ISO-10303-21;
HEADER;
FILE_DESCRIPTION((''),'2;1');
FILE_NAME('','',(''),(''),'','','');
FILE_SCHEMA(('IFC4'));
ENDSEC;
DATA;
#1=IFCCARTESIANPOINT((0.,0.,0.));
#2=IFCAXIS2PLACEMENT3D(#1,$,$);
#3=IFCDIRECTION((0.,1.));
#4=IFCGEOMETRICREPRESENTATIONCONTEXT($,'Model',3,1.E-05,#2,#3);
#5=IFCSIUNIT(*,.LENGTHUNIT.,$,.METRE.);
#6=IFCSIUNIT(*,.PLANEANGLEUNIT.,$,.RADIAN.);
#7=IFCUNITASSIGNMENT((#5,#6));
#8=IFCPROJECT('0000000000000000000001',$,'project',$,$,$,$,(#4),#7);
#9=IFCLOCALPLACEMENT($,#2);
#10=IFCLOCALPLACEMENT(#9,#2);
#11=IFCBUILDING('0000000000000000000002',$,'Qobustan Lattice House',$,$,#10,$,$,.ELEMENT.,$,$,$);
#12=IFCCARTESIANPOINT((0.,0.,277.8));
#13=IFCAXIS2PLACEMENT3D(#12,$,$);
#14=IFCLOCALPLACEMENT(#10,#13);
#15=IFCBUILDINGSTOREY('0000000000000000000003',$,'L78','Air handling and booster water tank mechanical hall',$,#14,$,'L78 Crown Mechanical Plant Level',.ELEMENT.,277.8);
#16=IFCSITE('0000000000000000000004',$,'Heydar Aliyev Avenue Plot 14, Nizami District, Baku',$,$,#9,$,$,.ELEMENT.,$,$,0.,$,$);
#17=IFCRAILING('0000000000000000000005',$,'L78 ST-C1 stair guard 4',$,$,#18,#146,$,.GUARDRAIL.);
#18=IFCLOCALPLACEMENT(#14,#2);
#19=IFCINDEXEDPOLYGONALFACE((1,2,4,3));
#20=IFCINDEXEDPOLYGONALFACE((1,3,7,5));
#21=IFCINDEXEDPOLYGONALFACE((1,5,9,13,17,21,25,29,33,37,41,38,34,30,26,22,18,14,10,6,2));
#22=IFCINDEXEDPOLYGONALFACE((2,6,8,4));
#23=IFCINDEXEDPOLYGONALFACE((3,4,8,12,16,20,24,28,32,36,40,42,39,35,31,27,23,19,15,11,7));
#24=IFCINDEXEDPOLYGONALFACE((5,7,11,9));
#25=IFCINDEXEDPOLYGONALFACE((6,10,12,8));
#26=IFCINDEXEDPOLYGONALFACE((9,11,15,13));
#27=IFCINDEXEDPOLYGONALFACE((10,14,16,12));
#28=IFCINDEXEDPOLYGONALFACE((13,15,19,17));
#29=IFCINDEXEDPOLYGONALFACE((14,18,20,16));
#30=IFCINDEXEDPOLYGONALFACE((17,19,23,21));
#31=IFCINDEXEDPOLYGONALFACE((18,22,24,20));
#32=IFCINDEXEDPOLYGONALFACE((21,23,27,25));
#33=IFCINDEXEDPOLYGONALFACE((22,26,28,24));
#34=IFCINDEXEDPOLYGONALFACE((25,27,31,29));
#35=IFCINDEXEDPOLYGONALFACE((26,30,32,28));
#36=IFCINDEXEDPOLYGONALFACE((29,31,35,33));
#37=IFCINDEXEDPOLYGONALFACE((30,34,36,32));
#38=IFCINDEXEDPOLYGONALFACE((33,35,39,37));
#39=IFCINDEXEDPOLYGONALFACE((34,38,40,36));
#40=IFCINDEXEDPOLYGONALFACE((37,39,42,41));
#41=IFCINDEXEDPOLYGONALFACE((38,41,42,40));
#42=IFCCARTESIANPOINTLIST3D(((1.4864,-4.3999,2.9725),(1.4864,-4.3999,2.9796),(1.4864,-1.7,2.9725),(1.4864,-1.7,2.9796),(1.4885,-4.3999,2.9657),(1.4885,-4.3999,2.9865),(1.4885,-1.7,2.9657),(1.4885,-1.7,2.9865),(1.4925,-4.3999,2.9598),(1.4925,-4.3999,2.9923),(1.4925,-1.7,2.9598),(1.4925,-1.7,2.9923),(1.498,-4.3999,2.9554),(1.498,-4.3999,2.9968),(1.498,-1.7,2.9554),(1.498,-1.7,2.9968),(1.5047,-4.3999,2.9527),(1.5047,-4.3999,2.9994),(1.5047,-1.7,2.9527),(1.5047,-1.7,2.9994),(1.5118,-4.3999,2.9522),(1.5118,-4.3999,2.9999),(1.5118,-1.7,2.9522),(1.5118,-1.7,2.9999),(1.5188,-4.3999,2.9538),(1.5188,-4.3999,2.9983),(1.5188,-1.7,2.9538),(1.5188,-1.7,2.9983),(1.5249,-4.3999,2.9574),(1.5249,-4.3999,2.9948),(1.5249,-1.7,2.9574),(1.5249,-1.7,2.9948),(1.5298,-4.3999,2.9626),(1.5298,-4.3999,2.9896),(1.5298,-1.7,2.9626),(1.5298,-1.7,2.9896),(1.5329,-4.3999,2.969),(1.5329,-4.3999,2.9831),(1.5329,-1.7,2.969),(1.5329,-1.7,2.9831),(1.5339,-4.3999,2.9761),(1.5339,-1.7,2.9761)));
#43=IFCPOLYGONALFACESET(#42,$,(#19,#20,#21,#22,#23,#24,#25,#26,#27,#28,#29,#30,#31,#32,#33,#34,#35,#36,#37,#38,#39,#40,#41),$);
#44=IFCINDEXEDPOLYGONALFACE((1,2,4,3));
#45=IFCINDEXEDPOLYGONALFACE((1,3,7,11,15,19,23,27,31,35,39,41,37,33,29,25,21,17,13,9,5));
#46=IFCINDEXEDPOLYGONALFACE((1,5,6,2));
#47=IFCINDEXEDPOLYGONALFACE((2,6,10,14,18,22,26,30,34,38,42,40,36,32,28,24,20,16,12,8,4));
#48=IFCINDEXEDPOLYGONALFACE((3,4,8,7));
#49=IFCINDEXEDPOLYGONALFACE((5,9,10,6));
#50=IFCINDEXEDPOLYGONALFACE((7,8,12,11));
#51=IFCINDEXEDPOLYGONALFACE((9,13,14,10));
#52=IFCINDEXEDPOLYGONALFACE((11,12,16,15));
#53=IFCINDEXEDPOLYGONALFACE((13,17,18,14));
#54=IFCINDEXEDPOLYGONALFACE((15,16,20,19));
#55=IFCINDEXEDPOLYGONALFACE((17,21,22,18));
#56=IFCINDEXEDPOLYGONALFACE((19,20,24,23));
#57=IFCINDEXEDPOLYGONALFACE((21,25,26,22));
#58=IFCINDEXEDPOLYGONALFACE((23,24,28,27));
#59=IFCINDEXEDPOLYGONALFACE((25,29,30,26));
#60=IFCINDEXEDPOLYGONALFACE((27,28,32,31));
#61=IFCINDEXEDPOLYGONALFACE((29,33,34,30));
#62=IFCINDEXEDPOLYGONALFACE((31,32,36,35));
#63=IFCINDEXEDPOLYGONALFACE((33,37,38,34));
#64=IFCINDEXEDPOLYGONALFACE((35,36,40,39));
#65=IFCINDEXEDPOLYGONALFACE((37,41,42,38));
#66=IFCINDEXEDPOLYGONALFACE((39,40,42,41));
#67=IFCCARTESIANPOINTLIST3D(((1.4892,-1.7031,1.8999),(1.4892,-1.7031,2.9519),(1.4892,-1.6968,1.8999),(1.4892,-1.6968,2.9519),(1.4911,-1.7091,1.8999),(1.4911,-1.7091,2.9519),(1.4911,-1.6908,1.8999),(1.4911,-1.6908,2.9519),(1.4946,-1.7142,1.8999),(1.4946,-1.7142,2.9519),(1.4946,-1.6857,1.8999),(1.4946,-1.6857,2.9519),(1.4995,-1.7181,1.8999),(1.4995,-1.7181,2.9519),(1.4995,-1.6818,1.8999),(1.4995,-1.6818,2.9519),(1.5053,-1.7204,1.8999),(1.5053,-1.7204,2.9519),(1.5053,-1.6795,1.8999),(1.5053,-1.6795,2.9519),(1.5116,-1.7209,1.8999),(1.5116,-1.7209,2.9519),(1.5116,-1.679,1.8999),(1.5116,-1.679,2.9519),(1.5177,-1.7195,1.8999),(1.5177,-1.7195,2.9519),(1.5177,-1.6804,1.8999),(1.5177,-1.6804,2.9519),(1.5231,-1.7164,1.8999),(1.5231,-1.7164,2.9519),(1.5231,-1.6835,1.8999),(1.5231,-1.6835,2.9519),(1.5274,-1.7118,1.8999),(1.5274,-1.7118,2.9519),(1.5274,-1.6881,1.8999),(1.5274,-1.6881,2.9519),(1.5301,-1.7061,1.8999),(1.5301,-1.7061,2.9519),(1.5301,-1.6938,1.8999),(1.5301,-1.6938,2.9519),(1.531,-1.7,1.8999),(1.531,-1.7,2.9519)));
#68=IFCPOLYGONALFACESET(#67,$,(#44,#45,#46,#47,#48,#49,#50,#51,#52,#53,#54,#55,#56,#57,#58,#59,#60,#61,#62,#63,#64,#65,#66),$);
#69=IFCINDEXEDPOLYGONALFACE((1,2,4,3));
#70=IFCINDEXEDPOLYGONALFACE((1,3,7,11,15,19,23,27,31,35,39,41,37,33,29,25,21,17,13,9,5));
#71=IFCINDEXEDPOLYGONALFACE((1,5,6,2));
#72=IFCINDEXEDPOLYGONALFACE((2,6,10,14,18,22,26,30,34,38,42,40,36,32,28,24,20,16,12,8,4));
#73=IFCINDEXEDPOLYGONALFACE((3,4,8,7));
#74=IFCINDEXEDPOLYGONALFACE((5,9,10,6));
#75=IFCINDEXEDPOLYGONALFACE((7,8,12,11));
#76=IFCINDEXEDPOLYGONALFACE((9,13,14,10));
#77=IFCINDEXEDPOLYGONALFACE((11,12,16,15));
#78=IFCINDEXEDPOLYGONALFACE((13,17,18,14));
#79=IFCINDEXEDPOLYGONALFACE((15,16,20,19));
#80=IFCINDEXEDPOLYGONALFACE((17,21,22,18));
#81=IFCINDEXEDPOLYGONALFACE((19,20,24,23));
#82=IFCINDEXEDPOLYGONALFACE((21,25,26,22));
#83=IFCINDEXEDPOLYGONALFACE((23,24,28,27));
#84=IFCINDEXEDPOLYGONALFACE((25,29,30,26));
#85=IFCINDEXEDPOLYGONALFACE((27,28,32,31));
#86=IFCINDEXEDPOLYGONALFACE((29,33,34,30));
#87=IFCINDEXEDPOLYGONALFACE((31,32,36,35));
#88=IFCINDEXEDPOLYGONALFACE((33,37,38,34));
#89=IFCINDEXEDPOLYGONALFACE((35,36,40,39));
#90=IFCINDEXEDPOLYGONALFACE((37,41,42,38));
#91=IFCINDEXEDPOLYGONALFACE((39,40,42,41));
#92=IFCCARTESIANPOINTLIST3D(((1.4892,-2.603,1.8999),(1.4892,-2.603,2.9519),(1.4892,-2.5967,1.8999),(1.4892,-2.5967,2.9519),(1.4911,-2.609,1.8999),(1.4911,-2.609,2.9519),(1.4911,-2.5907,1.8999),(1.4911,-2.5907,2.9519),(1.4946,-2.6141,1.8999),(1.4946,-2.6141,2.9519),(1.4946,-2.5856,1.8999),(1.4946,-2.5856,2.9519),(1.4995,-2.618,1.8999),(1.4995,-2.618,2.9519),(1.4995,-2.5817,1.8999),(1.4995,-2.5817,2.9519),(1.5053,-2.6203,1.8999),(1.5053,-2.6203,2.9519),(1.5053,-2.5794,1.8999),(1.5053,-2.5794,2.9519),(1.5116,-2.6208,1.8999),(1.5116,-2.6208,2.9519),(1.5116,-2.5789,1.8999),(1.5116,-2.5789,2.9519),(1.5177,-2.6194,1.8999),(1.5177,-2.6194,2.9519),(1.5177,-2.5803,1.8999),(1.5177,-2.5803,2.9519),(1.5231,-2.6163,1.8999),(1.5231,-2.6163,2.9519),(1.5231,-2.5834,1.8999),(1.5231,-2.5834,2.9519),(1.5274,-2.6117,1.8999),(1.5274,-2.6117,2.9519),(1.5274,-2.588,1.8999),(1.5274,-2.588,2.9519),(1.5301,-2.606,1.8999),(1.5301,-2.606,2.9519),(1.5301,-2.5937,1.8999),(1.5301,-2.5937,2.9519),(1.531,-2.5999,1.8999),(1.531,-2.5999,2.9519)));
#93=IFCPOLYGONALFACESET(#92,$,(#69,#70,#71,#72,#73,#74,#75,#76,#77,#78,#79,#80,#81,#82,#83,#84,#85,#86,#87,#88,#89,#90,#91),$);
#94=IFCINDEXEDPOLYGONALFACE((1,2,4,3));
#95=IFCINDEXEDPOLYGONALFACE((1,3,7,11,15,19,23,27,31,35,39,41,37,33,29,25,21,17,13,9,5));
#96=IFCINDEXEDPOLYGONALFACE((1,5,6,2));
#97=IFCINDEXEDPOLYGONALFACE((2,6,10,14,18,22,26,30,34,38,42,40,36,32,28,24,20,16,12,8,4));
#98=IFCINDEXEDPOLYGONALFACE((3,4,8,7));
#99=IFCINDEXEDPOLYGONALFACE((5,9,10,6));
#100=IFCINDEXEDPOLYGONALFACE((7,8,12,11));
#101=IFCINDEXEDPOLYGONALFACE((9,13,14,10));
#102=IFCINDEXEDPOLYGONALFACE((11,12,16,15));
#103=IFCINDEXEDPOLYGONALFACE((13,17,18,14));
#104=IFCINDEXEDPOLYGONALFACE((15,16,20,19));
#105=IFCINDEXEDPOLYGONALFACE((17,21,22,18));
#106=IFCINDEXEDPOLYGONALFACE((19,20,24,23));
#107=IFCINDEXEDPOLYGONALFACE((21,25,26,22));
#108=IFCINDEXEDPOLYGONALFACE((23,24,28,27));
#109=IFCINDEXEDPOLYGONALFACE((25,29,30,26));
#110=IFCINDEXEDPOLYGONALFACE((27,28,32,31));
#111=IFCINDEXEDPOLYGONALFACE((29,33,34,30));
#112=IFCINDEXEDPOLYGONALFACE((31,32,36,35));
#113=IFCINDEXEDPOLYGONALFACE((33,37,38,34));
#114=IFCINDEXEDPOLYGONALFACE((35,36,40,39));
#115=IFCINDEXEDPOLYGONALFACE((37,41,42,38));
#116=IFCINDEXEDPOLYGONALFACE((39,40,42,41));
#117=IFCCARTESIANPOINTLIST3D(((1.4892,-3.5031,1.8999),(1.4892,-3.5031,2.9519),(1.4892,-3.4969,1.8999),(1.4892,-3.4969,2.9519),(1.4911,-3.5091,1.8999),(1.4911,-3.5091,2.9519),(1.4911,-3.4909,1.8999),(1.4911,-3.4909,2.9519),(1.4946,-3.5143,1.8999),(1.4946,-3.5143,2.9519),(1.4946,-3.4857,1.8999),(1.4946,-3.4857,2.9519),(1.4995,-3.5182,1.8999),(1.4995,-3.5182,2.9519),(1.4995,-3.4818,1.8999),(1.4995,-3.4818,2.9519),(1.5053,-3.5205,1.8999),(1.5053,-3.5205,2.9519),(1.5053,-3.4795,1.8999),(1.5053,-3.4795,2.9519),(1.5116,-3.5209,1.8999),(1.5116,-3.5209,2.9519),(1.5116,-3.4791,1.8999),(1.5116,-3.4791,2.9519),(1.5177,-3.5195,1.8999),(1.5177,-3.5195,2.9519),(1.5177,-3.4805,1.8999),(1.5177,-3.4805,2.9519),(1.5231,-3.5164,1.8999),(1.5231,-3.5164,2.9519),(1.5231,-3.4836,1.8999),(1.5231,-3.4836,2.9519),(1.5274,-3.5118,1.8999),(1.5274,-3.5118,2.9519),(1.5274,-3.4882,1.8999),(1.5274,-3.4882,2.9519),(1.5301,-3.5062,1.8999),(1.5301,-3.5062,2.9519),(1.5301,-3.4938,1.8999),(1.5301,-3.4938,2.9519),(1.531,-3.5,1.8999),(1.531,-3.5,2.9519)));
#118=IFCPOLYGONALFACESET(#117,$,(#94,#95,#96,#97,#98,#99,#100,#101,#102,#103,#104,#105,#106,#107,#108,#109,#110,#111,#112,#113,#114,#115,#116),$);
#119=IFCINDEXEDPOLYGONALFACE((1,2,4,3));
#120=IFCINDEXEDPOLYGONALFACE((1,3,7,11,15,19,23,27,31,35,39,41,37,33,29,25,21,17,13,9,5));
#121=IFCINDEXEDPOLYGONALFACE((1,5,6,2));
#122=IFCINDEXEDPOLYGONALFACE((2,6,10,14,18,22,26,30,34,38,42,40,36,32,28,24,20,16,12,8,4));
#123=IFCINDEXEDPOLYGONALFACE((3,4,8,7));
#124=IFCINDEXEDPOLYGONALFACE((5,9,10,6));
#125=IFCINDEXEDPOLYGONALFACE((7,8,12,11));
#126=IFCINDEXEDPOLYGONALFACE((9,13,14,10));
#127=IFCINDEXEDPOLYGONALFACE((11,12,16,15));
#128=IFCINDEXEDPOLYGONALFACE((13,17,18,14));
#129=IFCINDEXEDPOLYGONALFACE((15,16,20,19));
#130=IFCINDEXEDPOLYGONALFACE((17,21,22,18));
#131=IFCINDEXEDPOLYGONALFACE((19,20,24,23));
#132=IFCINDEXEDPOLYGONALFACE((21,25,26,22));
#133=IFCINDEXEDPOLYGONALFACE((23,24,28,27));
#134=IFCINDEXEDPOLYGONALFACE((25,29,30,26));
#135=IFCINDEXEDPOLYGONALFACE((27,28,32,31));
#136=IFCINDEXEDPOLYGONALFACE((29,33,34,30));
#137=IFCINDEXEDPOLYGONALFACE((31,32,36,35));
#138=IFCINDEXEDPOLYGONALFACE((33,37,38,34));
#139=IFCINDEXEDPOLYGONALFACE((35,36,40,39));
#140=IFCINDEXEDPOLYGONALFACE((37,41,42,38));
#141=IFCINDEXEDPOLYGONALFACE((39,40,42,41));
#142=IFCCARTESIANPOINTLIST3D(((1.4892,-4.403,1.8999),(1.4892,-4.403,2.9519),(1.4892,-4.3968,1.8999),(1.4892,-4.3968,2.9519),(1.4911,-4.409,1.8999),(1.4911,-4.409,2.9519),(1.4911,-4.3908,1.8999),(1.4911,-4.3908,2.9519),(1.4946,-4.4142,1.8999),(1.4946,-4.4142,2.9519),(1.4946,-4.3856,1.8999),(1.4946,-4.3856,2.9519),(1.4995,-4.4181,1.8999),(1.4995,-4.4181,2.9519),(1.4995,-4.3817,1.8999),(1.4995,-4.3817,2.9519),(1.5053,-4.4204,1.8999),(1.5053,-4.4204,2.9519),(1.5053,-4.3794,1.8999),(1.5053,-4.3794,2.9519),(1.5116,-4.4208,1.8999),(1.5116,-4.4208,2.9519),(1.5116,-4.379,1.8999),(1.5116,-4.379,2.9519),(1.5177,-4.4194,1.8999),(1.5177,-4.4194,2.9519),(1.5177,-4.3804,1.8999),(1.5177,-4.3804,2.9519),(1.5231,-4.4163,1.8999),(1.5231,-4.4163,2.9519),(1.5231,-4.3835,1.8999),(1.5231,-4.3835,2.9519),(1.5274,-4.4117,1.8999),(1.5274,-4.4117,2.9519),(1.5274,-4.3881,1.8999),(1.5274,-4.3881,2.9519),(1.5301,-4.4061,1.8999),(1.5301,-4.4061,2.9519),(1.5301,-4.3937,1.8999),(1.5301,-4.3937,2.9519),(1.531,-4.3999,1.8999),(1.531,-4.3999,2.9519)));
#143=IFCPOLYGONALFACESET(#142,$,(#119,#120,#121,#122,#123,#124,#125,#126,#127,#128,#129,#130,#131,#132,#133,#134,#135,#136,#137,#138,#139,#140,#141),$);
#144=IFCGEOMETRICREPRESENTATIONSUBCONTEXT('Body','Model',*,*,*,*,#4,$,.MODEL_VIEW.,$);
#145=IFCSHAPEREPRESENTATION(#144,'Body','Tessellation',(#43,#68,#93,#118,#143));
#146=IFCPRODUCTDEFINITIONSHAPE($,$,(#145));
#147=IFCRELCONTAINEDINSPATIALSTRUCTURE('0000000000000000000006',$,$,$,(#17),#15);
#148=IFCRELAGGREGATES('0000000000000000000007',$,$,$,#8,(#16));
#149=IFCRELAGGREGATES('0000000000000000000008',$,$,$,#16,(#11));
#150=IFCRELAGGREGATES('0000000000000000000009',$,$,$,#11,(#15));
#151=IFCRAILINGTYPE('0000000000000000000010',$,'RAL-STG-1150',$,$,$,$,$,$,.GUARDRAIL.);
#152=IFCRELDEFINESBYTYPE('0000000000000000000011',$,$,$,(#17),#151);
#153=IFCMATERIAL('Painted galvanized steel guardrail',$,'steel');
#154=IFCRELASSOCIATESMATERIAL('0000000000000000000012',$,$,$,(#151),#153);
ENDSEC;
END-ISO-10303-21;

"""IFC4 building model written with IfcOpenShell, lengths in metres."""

from ifc_helpers import new_model, si_unit, direction, frame, origin, origin_2d, place, context, subcontext, project, spatial, circle, extrude, material, type_object, element, save


model = new_model("IFC4")

# Units and contexts
model_context = context("Model", 3, precision=1e-05, world=origin(), true_north=direction((0.0, 1.0)))
body_context = subcontext(model_context, "Body", "Model", "MODEL_VIEW")
ifc_project = project(units=[si_unit("LENGTHUNIT", "METRE"), si_unit("PLANEANGLEUNIT", "RADIAN")], contexts=[model_context])

# Site, building, storey
site_placement = place(None, origin())
site = spatial("IfcSite", under=ifc_project, at=site_placement, Name="Heydar Aliyev Avenue Plot 14, Nizami District, Baku", CompositionType="ELEMENT", RefElevation=0.0)
building_placement = place(site_placement, origin())
building = spatial("IfcBuilding", under=site, at=building_placement, Name="Qobustan Lattice House", CompositionType="ELEMENT")
storey_placement = place(building_placement, frame((0.0, 0.0, 277.8)))
storey = spatial("IfcBuildingStorey", under=building, at=storey_placement, Name="L78", Description="Air handling and booster water tank mechanical hall", LongName="L78 Crown Mechanical Plant Level", CompositionType="ELEMENT", Elevation=277.8)

# Railing
ifc_material_1 = material(Name="Painted galvanized steel guardrail", Category="steel")
railing_type_1 = type_object("IfcRailingType", Name="RAL-STG-1150", PredefinedType="GUARDRAIL", material=ifc_material_1)
railing_1_placement = place(storey_placement, frame((1.51, -1.7, 1.8999)))
element("IfcRailing", 1, at=railing_1_placement, inside=storey, type_object=railing_type_1, Name="L78 ST-C1 stair guard 4", PredefinedType="GUARDRAIL", context=body_context, shape_type="SweptSolid", body=[
    extrude(circle(Radius=0.0239, at=origin_2d()), frame((0.0, 0.0, 1.0762), z_axis=(0.0, -1.0, 0.0), x_axis=(1.0, 0.0, 0.0)), (0.0, 0.0, 1.0), 2.7),
    extrude(circle(Radius=0.021, at=origin_2d()), origin(), (0.0, 0.0, 1.0), 1.052),
    extrude(circle(Radius=0.021, at=origin_2d()), frame((0.0, -0.8999, 0.0)), (0.0, 0.0, 1.0), 1.052),
    extrude(circle(Radius=0.021, at=origin_2d()), frame((0.0, -1.8, 0.0)), (0.0, 0.0, 1.0), 1.052),
    extrude(circle(Radius=0.021, at=origin_2d()), frame((0.0, -2.7, 0.0)), (0.0, 0.0, 1.0), 1.052),
])

save(model, "model.ifc")
